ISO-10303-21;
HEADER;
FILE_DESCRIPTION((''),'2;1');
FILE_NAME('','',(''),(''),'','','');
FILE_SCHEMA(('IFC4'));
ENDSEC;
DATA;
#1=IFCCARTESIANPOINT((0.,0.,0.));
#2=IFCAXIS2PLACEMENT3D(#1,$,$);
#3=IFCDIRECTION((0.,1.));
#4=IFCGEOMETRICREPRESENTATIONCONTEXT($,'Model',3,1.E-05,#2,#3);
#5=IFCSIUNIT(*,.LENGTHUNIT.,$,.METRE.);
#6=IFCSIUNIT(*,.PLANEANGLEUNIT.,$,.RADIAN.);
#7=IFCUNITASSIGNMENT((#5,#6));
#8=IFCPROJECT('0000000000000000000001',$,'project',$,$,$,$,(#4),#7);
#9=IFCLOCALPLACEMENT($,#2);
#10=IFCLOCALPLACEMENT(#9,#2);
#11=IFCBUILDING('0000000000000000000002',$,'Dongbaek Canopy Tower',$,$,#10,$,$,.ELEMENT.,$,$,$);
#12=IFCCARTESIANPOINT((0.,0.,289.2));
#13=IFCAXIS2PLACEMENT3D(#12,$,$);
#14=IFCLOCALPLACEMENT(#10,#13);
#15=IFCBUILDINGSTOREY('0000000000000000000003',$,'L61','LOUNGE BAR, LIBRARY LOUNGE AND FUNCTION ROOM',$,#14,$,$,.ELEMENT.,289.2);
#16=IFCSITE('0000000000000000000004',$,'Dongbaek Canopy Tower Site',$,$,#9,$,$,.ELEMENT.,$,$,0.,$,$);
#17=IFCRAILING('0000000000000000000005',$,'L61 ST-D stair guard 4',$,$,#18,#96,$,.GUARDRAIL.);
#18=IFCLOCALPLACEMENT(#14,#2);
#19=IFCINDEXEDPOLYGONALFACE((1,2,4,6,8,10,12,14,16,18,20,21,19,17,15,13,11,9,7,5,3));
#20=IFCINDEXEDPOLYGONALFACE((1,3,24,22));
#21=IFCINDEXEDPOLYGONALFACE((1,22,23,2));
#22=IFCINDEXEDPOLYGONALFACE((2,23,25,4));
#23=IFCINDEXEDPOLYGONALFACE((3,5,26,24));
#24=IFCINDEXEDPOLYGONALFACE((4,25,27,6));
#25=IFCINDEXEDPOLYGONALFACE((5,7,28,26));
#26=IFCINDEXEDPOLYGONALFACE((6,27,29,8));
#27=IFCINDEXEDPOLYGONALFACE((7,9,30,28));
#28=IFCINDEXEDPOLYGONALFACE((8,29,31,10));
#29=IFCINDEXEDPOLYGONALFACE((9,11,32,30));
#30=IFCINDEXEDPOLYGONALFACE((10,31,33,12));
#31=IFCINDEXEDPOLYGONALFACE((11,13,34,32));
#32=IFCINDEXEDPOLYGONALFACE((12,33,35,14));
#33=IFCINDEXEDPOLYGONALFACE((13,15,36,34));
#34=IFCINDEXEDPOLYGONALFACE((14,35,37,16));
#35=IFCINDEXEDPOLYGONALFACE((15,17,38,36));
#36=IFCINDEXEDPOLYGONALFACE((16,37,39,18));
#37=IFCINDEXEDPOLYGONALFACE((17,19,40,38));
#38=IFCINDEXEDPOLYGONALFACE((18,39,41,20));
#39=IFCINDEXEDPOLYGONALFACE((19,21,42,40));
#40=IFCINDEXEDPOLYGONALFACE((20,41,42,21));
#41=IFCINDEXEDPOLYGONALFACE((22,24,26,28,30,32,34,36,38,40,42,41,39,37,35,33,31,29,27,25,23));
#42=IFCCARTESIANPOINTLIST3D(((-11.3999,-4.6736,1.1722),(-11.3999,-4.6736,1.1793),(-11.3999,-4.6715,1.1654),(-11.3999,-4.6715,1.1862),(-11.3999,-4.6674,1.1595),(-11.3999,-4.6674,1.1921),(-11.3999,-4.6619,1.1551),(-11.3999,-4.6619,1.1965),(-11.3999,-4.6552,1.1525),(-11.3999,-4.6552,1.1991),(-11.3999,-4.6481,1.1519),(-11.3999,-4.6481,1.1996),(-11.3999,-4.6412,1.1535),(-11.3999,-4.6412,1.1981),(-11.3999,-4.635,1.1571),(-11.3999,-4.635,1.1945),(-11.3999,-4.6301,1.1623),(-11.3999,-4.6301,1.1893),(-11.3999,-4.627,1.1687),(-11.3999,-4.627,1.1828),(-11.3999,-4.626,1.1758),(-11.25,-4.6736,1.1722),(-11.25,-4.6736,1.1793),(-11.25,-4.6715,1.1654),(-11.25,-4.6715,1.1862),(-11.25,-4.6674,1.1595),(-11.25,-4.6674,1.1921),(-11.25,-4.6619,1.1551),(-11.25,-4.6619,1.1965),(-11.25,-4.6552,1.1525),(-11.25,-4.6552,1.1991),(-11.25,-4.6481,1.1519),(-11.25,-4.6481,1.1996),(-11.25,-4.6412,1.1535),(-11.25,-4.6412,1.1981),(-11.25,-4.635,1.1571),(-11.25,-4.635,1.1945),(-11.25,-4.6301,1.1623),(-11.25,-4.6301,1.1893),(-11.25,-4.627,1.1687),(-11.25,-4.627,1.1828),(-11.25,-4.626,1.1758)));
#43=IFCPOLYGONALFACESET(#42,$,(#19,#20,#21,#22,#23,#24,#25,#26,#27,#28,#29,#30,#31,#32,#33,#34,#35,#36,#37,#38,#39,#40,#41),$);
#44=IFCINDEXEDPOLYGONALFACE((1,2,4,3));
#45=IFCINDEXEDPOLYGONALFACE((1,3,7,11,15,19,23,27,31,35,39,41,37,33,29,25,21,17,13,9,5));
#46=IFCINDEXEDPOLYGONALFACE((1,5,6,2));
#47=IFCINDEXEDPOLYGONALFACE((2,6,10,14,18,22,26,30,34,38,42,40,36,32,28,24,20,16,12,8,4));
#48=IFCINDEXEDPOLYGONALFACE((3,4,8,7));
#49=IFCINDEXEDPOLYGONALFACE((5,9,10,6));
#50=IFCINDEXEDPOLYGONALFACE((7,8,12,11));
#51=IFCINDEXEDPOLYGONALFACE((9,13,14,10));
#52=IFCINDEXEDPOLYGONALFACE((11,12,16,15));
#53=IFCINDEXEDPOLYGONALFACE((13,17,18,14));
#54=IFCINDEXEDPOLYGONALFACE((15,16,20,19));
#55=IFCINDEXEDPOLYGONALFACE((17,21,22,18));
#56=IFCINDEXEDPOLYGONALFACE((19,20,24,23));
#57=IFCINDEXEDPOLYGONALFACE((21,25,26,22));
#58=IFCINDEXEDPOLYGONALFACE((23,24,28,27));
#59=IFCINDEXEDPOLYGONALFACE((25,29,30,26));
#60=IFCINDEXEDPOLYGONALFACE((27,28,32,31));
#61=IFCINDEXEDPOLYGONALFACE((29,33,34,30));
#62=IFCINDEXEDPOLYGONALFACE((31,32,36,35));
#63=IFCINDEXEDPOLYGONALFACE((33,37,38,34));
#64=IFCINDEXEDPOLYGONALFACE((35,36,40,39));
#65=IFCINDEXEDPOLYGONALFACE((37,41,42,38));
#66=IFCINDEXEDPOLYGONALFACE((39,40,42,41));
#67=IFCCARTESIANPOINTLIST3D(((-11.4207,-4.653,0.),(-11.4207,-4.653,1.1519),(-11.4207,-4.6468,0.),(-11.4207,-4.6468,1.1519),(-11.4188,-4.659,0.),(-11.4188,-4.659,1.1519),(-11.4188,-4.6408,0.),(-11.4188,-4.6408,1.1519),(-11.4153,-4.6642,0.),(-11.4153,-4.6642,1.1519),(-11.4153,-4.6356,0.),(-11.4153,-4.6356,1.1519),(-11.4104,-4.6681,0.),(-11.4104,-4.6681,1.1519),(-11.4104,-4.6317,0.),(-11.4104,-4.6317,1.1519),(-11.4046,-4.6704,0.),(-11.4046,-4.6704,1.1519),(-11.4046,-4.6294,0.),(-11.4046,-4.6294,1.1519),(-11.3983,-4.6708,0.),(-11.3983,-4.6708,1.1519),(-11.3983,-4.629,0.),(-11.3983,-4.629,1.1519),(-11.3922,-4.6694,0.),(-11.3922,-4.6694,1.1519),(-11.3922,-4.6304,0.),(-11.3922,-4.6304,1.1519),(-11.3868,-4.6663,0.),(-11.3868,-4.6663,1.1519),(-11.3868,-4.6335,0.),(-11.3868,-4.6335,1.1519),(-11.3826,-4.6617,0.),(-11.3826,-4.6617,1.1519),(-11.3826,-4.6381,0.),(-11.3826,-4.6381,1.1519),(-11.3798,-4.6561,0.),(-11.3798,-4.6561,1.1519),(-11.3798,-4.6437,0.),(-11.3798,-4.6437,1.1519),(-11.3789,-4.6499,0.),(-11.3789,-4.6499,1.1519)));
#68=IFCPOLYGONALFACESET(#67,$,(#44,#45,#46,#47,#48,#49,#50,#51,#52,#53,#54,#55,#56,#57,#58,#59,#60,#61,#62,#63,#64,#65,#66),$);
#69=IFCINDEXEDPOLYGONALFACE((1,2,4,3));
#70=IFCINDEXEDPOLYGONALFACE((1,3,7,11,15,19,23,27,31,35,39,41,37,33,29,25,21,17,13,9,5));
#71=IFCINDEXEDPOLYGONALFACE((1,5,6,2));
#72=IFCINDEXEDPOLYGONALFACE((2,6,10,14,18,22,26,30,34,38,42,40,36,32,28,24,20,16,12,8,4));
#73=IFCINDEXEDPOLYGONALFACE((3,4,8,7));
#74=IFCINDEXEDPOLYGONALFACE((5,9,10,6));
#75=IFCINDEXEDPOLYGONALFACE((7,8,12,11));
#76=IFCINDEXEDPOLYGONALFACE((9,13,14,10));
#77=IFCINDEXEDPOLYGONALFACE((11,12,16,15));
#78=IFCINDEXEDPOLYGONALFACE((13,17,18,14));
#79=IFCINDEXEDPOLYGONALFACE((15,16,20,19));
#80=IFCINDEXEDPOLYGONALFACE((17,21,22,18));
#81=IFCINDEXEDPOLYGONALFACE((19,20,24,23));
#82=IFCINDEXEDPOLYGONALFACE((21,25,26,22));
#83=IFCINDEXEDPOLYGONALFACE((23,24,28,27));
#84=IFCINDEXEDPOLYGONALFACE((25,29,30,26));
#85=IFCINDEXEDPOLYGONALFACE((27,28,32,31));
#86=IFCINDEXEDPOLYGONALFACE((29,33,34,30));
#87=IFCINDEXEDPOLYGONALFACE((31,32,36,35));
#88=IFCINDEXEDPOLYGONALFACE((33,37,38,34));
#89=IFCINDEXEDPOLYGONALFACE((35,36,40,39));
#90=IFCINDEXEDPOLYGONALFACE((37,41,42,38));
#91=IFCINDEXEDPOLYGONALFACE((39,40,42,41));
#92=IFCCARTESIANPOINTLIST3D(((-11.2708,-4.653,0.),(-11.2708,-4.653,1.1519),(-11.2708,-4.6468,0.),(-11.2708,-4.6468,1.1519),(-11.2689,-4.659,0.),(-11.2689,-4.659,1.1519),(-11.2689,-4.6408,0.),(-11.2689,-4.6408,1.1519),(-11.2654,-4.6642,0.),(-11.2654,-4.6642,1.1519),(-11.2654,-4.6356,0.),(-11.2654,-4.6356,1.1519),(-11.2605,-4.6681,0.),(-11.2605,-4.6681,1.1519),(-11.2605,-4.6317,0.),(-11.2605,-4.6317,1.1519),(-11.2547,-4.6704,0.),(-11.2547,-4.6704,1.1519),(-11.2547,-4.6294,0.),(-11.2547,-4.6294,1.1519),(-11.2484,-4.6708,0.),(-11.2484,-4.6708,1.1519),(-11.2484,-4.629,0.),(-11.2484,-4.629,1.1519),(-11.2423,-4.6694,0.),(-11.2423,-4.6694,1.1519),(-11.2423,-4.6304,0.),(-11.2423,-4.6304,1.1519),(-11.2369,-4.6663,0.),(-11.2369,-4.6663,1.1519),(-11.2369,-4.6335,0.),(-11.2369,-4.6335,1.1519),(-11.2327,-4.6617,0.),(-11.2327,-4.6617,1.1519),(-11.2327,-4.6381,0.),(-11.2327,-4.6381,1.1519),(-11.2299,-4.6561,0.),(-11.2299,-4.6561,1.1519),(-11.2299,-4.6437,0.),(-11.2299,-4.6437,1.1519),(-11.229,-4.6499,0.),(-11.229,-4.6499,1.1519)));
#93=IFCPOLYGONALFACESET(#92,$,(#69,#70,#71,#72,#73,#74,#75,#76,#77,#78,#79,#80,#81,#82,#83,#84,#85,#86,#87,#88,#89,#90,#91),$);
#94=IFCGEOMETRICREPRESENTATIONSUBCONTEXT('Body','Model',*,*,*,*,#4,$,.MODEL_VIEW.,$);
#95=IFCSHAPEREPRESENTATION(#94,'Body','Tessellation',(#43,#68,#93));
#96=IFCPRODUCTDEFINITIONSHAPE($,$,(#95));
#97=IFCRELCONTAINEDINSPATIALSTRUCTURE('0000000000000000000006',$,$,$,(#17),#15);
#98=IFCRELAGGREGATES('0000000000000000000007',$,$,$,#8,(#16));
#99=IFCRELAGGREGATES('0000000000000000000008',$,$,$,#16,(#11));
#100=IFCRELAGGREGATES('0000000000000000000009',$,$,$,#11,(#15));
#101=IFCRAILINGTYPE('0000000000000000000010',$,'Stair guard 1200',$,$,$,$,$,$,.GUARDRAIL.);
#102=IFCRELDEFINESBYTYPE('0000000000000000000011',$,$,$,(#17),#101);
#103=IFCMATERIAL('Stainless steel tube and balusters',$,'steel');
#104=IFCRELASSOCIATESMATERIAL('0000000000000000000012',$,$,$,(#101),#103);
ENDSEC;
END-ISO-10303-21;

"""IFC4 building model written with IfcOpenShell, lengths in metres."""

from ifc_helpers import new_model, si_unit, direction, frame, origin, origin_2d, place, context, subcontext, project, spatial, circle, extrude, material, type_object, element, save


model = new_model("IFC4")

# Units and contexts
model_context = context("Model", 3, precision=1e-05, world=origin(), true_north=direction((0.0, 1.0)))
body_context = subcontext(model_context, "Body", "Model", "MODEL_VIEW")
ifc_project = project(units=[si_unit("LENGTHUNIT", "METRE"), si_unit("PLANEANGLEUNIT", "RADIAN")], contexts=[model_context])

# Site, building, storey
site_placement = place(None, origin())
site = spatial("IfcSite", under=ifc_project, at=site_placement, Name="Dongbaek Canopy Tower Site", CompositionType="ELEMENT", RefElevation=0.0)
building_placement = place(site_placement, origin())
building = spatial("IfcBuilding", under=site, at=building_placement, Name="Dongbaek Canopy Tower", CompositionType="ELEMENT")
storey_placement = place(building_placement, frame((0.0, 0.0, 289.2)))
storey = spatial("IfcBuildingStorey", under=building, at=storey_placement, Name="L61", Description="LOUNGE BAR, LIBRARY LOUNGE AND FUNCTION ROOM", CompositionType="ELEMENT", Elevation=289.2)

# Railing
ifc_material_1 = material(Name="Stainless steel tube and balusters", Category="steel")
railing_type_1 = type_object("IfcRailingType", Name="Stair guard 1200", PredefinedType="GUARDRAIL", material=ifc_material_1)
railing_1_placement = place(storey_placement, frame((-11.3999, -4.6499, 0.0)))
element("IfcRailing", 1, at=railing_1_placement, inside=storey, type_object=railing_type_1, Name="L61 ST-D stair guard 4", PredefinedType="GUARDRAIL", context=body_context, shape_type="SweptSolid", body=[
    extrude(circle(Radius=0.0239, at=origin_2d()), frame((0.0, 0.0, 1.1758), z_axis=(1.0, 0.0, 0.0), x_axis=(0.0, 1.0, 0.0)), (0.0, 0.0, 1.0), 0.1499),
    extrude(circle(Radius=0.021, at=origin_2d()), origin(), (0.0, 0.0, 1.0), 1.1519),
    extrude(circle(Radius=0.021, at=origin_2d()), frame((0.1499, 0.0, 0.0)), (0.0, 0.0, 1.0), 1.1519),
])

save(model, "model.ifc")
